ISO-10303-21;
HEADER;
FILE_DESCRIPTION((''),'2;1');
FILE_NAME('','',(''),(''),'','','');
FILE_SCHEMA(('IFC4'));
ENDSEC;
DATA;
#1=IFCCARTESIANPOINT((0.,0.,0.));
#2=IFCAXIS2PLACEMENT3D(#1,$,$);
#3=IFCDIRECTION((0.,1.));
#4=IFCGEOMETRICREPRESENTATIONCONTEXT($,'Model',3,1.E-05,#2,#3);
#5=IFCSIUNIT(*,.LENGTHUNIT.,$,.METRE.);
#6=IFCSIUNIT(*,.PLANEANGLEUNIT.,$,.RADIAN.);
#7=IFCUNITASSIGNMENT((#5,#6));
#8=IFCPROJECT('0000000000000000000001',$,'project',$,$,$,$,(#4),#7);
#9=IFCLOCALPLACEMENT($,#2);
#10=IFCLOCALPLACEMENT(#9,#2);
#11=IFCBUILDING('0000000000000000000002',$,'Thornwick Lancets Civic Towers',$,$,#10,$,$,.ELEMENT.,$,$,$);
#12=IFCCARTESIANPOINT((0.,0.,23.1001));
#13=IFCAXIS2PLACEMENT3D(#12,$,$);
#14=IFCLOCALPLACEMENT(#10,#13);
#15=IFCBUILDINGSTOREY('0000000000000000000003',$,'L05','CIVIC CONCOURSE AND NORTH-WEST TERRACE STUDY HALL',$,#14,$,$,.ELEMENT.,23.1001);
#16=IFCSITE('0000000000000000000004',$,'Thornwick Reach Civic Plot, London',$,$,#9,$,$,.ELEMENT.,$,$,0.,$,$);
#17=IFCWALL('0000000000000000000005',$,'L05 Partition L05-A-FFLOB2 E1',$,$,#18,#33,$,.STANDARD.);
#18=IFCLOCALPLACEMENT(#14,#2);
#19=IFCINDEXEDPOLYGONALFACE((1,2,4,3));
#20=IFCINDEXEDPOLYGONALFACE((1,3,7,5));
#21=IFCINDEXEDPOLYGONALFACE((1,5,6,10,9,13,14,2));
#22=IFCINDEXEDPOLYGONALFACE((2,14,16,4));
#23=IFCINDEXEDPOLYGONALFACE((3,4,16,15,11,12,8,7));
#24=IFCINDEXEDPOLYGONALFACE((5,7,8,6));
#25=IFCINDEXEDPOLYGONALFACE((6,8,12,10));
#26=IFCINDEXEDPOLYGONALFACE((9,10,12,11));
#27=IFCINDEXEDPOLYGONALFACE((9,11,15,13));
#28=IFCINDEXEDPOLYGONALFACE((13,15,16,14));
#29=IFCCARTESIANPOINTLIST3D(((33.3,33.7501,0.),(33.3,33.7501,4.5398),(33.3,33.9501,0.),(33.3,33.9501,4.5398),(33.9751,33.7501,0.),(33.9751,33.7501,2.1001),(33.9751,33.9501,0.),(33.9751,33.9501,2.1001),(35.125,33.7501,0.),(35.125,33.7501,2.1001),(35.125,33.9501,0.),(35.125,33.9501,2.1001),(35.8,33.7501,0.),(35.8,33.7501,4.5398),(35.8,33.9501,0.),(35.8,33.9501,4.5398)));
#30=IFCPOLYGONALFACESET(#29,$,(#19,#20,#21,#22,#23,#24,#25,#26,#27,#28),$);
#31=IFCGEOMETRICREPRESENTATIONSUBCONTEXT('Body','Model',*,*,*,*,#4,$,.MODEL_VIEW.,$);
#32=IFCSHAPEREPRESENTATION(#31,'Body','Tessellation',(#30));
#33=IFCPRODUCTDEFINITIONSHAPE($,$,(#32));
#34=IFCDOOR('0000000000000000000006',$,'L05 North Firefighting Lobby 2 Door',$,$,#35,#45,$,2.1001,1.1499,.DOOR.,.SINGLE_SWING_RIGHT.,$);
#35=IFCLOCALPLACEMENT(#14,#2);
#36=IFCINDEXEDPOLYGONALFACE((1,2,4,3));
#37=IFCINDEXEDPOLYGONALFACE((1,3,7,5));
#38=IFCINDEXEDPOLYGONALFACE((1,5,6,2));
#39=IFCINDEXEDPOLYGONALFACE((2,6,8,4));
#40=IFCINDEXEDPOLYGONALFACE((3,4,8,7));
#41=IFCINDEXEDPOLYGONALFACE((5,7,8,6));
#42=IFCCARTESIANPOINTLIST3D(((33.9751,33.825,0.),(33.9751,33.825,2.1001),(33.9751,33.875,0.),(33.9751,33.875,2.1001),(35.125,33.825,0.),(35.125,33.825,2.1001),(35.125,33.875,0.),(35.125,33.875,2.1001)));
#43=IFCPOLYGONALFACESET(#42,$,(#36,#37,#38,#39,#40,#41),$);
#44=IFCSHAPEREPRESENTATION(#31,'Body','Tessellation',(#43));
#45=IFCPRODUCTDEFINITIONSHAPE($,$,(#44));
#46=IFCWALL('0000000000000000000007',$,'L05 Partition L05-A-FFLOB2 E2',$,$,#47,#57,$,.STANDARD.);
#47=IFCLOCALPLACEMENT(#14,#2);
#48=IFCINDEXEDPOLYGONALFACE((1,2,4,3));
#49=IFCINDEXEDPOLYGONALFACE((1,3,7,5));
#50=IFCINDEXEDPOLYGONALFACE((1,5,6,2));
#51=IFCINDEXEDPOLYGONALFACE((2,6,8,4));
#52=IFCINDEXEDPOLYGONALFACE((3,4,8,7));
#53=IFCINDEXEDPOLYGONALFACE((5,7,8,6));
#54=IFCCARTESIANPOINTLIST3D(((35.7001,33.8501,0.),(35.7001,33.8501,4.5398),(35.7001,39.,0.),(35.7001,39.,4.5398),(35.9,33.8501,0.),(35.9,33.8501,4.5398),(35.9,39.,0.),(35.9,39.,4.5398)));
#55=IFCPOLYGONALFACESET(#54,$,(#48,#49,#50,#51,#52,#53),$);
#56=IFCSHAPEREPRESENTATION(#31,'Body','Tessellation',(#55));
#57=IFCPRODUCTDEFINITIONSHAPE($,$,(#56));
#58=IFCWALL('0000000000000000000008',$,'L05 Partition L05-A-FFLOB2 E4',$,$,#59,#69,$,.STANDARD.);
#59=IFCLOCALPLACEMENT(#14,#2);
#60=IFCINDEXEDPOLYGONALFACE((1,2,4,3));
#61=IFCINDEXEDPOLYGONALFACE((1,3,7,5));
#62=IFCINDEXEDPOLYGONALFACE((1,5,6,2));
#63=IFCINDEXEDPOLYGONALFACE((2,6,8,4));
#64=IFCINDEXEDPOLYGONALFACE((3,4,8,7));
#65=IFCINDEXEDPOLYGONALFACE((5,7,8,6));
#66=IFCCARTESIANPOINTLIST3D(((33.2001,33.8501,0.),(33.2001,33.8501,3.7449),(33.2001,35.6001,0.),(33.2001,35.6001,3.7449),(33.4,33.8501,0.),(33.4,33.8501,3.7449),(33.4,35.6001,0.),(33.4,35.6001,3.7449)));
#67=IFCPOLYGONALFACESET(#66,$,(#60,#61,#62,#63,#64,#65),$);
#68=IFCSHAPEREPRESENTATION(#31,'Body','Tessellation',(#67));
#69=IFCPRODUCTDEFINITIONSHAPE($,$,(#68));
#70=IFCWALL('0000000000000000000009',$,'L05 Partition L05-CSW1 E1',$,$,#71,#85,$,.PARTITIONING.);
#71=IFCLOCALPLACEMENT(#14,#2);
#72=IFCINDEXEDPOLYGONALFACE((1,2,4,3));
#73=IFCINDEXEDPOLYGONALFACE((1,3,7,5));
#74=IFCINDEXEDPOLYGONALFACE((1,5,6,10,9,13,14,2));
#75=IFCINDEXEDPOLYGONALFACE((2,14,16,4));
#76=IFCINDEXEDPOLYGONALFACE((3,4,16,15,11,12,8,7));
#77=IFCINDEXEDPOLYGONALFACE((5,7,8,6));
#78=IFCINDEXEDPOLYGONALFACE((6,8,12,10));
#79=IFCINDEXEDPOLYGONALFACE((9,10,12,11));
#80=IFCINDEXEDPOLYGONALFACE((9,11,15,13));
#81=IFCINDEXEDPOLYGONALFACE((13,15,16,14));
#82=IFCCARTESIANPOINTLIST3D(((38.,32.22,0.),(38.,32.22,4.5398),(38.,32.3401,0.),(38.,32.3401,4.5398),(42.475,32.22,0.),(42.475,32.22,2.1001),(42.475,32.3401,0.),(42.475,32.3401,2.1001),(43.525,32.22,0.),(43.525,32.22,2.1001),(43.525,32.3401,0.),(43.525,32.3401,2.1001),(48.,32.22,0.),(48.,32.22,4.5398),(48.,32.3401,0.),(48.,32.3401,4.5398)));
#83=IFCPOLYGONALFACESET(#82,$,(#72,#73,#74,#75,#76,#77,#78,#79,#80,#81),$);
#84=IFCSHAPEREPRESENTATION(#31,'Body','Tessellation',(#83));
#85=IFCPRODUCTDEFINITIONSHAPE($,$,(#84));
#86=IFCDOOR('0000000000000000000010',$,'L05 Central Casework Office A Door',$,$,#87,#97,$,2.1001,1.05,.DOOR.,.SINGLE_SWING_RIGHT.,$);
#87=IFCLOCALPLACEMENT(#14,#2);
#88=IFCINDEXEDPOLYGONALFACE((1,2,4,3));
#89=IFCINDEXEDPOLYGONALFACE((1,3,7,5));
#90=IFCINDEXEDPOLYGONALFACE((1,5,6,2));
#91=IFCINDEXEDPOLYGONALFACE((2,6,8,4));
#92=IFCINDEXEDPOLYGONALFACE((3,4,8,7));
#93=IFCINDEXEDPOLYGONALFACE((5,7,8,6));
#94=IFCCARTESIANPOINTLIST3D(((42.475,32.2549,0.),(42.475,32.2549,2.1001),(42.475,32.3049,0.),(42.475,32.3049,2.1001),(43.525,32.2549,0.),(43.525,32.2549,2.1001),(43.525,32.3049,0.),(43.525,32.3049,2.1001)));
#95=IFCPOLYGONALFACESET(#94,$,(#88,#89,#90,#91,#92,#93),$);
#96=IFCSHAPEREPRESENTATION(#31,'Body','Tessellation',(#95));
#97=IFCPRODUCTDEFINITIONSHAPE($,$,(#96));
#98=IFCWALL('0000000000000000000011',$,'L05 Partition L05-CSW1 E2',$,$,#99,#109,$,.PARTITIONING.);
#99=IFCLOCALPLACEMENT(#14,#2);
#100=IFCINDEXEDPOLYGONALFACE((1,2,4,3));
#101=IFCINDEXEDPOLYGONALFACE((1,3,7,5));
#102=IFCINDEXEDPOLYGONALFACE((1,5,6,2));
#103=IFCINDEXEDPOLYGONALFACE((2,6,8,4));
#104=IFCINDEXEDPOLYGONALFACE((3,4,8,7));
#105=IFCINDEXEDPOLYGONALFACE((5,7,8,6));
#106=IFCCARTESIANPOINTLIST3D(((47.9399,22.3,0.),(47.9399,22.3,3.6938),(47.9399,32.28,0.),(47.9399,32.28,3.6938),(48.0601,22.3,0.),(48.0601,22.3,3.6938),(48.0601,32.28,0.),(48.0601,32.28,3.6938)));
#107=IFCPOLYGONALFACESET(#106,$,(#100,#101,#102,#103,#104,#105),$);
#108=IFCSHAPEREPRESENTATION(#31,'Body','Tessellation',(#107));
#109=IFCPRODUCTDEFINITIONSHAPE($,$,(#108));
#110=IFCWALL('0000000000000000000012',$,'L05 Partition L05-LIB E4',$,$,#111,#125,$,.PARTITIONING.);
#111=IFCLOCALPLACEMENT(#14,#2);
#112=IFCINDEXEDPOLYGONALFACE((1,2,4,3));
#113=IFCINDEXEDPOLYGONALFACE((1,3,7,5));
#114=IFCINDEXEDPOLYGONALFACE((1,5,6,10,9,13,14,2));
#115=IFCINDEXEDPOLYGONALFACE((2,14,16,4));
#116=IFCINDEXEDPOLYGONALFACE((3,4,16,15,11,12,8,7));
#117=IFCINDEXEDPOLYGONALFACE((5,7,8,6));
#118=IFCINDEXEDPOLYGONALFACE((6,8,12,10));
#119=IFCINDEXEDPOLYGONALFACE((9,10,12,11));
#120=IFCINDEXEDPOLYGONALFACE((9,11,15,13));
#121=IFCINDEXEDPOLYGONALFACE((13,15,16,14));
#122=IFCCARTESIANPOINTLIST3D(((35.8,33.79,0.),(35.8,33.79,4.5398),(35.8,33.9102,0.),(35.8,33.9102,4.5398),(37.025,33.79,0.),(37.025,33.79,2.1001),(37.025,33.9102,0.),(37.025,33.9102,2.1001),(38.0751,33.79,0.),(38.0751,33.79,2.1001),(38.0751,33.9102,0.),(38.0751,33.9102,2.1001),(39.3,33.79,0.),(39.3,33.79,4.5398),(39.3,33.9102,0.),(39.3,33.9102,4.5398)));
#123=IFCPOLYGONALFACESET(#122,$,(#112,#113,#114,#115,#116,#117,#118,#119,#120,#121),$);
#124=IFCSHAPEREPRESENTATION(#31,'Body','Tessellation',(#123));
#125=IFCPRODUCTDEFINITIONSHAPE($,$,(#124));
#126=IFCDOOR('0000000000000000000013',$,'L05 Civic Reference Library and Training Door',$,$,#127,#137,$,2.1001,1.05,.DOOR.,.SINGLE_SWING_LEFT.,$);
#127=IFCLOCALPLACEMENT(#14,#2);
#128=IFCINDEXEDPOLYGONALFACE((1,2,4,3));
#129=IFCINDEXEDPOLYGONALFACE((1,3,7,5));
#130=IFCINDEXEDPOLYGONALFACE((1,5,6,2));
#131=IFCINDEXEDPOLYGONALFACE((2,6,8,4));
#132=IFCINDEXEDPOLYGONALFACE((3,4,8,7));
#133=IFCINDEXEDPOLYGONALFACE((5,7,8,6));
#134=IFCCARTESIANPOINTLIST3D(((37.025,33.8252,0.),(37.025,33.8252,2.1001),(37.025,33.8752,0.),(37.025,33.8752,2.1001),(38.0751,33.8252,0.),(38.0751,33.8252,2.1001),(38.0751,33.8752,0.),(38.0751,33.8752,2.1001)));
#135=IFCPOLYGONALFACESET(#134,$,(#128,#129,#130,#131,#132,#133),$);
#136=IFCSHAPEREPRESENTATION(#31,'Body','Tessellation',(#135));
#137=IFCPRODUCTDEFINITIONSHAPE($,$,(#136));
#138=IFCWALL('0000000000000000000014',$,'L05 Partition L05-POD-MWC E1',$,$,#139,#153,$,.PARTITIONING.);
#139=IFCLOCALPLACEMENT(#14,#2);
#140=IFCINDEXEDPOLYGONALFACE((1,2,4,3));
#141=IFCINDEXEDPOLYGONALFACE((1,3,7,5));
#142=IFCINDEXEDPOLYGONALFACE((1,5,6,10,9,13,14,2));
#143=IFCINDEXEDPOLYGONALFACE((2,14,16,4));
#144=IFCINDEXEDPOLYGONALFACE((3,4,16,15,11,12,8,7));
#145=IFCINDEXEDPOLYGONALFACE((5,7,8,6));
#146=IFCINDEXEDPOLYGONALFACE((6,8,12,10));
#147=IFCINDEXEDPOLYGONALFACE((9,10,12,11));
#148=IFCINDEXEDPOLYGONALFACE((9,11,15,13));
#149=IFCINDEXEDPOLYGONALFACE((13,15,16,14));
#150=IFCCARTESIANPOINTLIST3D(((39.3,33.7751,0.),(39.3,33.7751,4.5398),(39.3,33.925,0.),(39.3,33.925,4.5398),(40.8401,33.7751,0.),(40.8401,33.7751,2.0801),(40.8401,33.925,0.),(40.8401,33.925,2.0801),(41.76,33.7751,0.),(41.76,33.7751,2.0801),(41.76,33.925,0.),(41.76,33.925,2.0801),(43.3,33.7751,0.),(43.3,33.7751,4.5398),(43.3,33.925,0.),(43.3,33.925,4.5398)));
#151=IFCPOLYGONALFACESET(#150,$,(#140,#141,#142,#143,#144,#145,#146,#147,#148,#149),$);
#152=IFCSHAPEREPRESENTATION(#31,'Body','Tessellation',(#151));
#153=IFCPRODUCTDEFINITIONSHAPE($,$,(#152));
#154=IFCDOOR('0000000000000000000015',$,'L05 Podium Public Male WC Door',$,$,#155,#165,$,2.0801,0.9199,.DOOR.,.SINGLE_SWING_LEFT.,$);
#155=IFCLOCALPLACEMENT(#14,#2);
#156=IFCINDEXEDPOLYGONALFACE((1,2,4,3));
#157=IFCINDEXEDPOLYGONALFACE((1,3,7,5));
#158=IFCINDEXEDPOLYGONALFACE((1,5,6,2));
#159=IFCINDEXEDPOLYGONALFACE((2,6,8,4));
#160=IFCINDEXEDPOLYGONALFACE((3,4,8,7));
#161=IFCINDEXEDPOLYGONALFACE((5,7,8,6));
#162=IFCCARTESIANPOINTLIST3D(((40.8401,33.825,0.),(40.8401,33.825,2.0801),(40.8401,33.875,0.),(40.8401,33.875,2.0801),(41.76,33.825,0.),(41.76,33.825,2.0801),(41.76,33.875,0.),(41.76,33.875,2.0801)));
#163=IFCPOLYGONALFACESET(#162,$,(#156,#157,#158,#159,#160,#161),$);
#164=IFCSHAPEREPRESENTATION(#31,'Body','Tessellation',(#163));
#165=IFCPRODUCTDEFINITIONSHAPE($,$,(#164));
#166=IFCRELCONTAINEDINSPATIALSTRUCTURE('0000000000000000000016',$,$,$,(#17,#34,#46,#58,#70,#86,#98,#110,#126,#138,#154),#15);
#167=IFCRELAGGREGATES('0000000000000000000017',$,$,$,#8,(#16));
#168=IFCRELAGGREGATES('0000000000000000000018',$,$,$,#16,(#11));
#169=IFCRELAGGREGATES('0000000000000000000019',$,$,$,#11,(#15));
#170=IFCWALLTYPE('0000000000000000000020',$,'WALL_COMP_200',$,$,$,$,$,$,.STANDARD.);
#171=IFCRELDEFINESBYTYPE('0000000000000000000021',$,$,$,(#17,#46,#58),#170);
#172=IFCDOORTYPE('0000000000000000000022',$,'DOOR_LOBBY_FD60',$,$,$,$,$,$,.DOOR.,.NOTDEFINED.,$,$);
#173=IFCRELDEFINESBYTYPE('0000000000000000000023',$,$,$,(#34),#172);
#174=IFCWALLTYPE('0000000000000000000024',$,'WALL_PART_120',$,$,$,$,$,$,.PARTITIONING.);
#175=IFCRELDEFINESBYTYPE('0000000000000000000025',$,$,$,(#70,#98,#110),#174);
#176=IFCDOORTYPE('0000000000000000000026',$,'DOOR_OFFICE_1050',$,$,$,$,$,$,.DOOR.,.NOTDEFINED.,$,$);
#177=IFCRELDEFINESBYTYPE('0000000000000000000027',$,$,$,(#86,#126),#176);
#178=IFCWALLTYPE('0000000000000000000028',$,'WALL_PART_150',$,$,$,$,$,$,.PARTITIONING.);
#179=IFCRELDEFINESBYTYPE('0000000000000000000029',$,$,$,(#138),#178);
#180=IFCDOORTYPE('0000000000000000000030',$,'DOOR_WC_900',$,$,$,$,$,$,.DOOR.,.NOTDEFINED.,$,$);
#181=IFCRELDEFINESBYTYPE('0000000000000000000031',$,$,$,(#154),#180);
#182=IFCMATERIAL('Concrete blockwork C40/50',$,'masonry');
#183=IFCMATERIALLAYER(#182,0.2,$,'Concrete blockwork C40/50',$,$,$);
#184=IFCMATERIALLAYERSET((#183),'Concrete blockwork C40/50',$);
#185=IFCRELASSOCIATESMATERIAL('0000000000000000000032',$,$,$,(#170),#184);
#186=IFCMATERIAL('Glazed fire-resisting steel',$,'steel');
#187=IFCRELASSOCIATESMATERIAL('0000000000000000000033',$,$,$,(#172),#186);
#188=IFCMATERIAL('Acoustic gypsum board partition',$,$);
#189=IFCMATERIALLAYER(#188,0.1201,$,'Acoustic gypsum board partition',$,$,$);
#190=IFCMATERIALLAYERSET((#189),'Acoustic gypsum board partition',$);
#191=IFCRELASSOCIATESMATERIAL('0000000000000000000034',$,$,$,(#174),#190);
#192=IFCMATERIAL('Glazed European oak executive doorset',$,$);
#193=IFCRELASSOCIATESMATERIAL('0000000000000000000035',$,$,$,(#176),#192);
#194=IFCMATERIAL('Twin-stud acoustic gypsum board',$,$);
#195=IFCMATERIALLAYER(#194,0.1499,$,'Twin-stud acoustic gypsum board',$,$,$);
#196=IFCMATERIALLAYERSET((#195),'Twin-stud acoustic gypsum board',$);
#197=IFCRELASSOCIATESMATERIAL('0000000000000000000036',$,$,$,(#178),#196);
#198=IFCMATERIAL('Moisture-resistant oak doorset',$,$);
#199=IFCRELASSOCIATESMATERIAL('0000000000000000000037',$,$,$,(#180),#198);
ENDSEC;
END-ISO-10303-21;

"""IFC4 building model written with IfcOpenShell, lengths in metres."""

from ifc_helpers import new_model, si_unit, direction, frame, frame_2d, origin, place, context, subcontext, project, spatial, rectangle, extrude, material, layer, layer_set, type_object, element, fill, save


model = new_model("IFC4")

# Units and contexts
model_context = context("Model", 3, precision=1e-05, world=origin(), true_north=direction((0.0, 1.0)))
body_context = subcontext(model_context, "Body", "Model", "MODEL_VIEW")
ifc_project = project(units=[si_unit("LENGTHUNIT", "METRE"), si_unit("PLANEANGLEUNIT", "RADIAN")], contexts=[model_context])

# Site, building, storey
site_placement = place(None, origin())
site = spatial("IfcSite", under=ifc_project, at=site_placement, Name="Thornwick Reach Civic Plot, London", CompositionType="ELEMENT", RefElevation=0.0)
building_placement = place(site_placement, origin())
building = spatial("IfcBuilding", under=site, at=building_placement, Name="Thornwick Lancets Civic Towers", CompositionType="ELEMENT")
storey_placement = place(building_placement, frame((0.0, 0.0, 23.1001)))
storey = spatial("IfcBuildingStorey", under=building, at=storey_placement, Name="L05", Description="CIVIC CONCOURSE AND NORTH-WEST TERRACE STUDY HALL", CompositionType="ELEMENT", Elevation=23.1001)

# Wall, opening, door
ifc_material_1 = material(Name="Concrete blockwork C40/50", Category="masonry")
ifc_layer_1 = layer(ifc_material_1, 0.2, Name="Concrete blockwork C40/50")
ifc_layer_set_1 = layer_set([ifc_layer_1], Name="Concrete blockwork C40/50")
wall_type_1 = type_object("IfcWallType", Name="WALL_COMP_200", PredefinedType="STANDARD", material=ifc_layer_set_1)
wall_1_placement = place(storey_placement, frame((33.3, 33.8501, 0.0), z_axis=(0.0, 0.0, 1.0), x_axis=(1.0, 0.0, 0.0)))
wall_1 = element("IfcWall", 1, at=wall_1_placement, inside=storey, type_object=wall_type_1, Name="L05 Partition L05-A-FFLOB2 E1", PredefinedType="STANDARD", context=body_context, shape_type="SweptSolid", body=[
    extrude(rectangle(XDim=2.5, YDim=0.2, at=frame_2d((1.25, 0.0))), origin(), (0.0, 0.0, 1.0), 4.5398),
])
opening_1_placement = place(wall_1_placement, frame((0.675, 0.0, 0.0)))
opening_1 = element("IfcOpeningElement", 2, at=opening_1_placement, cuts=wall_1, PredefinedType="OPENING", context=body_context, shape_type="SweptSolid", body=[
    extrude(rectangle(XDim=1.1499, YDim=2.1001, at=frame_2d((0.575, 1.05))), frame((0.0, 0.1099, 0.0), z_axis=(0.0, -1.0, 0.0), x_axis=(1.0, 0.0, 0.0)), (0.0, 0.0, 1.0), 0.22),
])
ifc_material_2 = material(Name="Glazed fire-resisting steel", Category="steel")
door_type_1 = type_object("IfcDoorType", Name="DOOR_LOBBY_FD60", OperationType="NOTDEFINED", PredefinedType="DOOR", material=ifc_material_2)
door_1_placement = place(opening_1_placement, origin())
door_1 = element("IfcDoor", 3, at=door_1_placement, inside=storey, type_object=door_type_1, Name="L05 North Firefighting Lobby 2 Door", OperationType="SINGLE_SWING_RIGHT", OverallHeight=2.1001, OverallWidth=1.1499, PredefinedType="DOOR", context=body_context, shape_type="SweptSolid", body=[
    extrude(rectangle(XDim=1.1499, YDim=2.1001, at=frame_2d((0.575, 1.05))), frame((0.0, 0.0249, 0.0), z_axis=(0.0, -1.0, 0.0), x_axis=(1.0, 0.0, 0.0)), (0.0, 0.0, 1.0), 0.05),
])
fill(opening_1, door_1)

# Walls
wall_2_placement = place(storey_placement, frame((35.8, 33.8501, 0.0), z_axis=(0.0, 0.0, 1.0), x_axis=(0.0, 1.0, 0.0)))
element("IfcWall", 4, at=wall_2_placement, inside=storey, type_object=wall_type_1, Name="L05 Partition L05-A-FFLOB2 E2", PredefinedType="STANDARD", context=body_context, shape_type="SweptSolid", body=[
    extrude(rectangle(XDim=5.1499, YDim=0.2, at=frame_2d((2.575, 0.0))), origin(), (0.0, 0.0, 1.0), 4.5398),
])
wall_3_placement = place(storey_placement, frame((33.3, 35.6001, 0.0), z_axis=(0.0, 0.0, 1.0), x_axis=(0.0, -1.0, 0.0)))
element("IfcWall", 5, at=wall_3_placement, inside=storey, type_object=wall_type_1, Name="L05 Partition L05-A-FFLOB2 E4", PredefinedType="STANDARD", context=body_context, shape_type="SweptSolid", body=[
    extrude(rectangle(XDim=1.75, YDim=0.2, at=frame_2d((0.875, 0.0))), origin(), (0.0, 0.0, 1.0), 3.7449),
])

# Wall, opening, door
ifc_material_3 = material(Name="Acoustic gypsum board partition")
ifc_layer_2 = layer(ifc_material_3, 0.1201, Name="Acoustic gypsum board partition")
ifc_layer_set_2 = layer_set([ifc_layer_2], Name="Acoustic gypsum board partition")
wall_type_2 = type_object("IfcWallType", Name="WALL_PART_120", PredefinedType="PARTITIONING", material=ifc_layer_set_2)
wall_4_placement = place(storey_placement, frame((38.0, 32.28, 0.0), z_axis=(0.0, 0.0, 1.0), x_axis=(1.0, 0.0, 0.0)))
wall_4 = element("IfcWall", 6, at=wall_4_placement, inside=storey, type_object=wall_type_2, Name="L05 Partition L05-CSW1 E1", PredefinedType="PARTITIONING", context=body_context, shape_type="SweptSolid", body=[
    extrude(rectangle(XDim=10.0, YDim=0.1201, at=frame_2d((5.0, 0.0))), origin(), (0.0, 0.0, 1.0), 4.5398),
])
opening_2_placement = place(wall_4_placement, frame((4.4751, 0.0, 0.0)))
opening_2 = element("IfcOpeningElement", 7, at=opening_2_placement, cuts=wall_4, PredefinedType="OPENING", context=body_context, shape_type="SweptSolid", body=[
    extrude(rectangle(XDim=1.05, YDim=2.1001, at=frame_2d((0.5249, 1.05))), frame((0.0, 0.0701, 0.0), z_axis=(0.0, -1.0, 0.0), x_axis=(1.0, 0.0, 0.0)), (0.0, 0.0, 1.0), 0.1401),
])
ifc_material_4 = material(Name="Glazed European oak executive doorset")
door_type_2 = type_object("IfcDoorType", Name="DOOR_OFFICE_1050", OperationType="NOTDEFINED", PredefinedType="DOOR", material=ifc_material_4)
door_2_placement = place(opening_2_placement, origin())
door_2 = element("IfcDoor", 8, at=door_2_placement, inside=storey, type_object=door_type_2, Name="L05 Central Casework Office A Door", OperationType="SINGLE_SWING_RIGHT", OverallHeight=2.1001, OverallWidth=1.05, PredefinedType="DOOR", context=body_context, shape_type="SweptSolid", body=[
    extrude(rectangle(XDim=1.05, YDim=2.1001, at=frame_2d((0.5249, 1.05))), frame((0.0, 0.0249, 0.0), z_axis=(0.0, -1.0, 0.0), x_axis=(1.0, 0.0, 0.0)), (0.0, 0.0, 1.0), 0.05),
])
fill(opening_2, door_2)

# Wall
wall_5_placement = place(storey_placement, frame((48.0, 32.28, 0.0), z_axis=(0.0, 0.0, 1.0), x_axis=(0.0, -1.0, 0.0)))
element("IfcWall", 9, at=wall_5_placement, inside=storey, type_object=wall_type_2, Name="L05 Partition L05-CSW1 E2", PredefinedType="PARTITIONING", context=body_context, shape_type="SweptSolid", body=[
    extrude(rectangle(XDim=9.98, YDim=0.1201, at=frame_2d((4.99, 0.0))), origin(), (0.0, 0.0, 1.0), 3.6938),
])

# Walls, openings, doors
wall_6_placement = place(storey_placement, frame((39.3, 33.8501, 0.0), z_axis=(0.0, 0.0, 1.0), x_axis=(-1.0, 0.0, 0.0)))
wall_6 = element("IfcWall", 10, at=wall_6_placement, inside=storey, type_object=wall_type_2, Name="L05 Partition L05-LIB E4", PredefinedType="PARTITIONING", context=body_context, shape_type="SweptSolid", body=[
    extrude(rectangle(XDim=3.5, YDim=0.1201, at=frame_2d((1.75, 0.0))), origin(), (0.0, 0.0, 1.0), 4.5398),
])
opening_3_placement = place(wall_6_placement, frame((1.2251, 0.0, 0.0)))
opening_3 = element("IfcOpeningElement", 11, at=opening_3_placement, cuts=wall_6, PredefinedType="OPENING", context=body_context, shape_type="SweptSolid", body=[
    extrude(rectangle(XDim=1.05, YDim=2.1001, at=frame_2d((0.5249, 1.05))), frame((0.0, 0.0701, 0.0), z_axis=(0.0, -1.0, 0.0), x_axis=(1.0, 0.0, 0.0)), (0.0, 0.0, 1.0), 0.1401),
])
door_3_placement = place(opening_3_placement, origin())
door_3 = element("IfcDoor", 12, at=door_3_placement, inside=storey, type_object=door_type_2, Name="L05 Civic Reference Library and Training Door", OperationType="SINGLE_SWING_LEFT", OverallHeight=2.1001, OverallWidth=1.05, PredefinedType="DOOR", context=body_context, shape_type="SweptSolid", body=[
    extrude(rectangle(XDim=1.05, YDim=2.1001, at=frame_2d((0.5249, 1.05))), frame((0.0, 0.0249, 0.0), z_axis=(0.0, -1.0, 0.0), x_axis=(1.0, 0.0, 0.0)), (0.0, 0.0, 1.0), 0.05),
])
fill(opening_3, door_3)
ifc_material_5 = material(Name="Twin-stud acoustic gypsum board")
ifc_layer_3 = layer(ifc_material_5, 0.1499, Name="Twin-stud acoustic gypsum board")
ifc_layer_set_3 = layer_set([ifc_layer_3], Name="Twin-stud acoustic gypsum board")
wall_type_3 = type_object("IfcWallType", Name="WALL_PART_150", PredefinedType="PARTITIONING", material=ifc_layer_set_3)
wall_7_placement = place(storey_placement, frame((39.3, 33.8501, 0.0), z_axis=(0.0, 0.0, 1.0), x_axis=(1.0, 0.0, 0.0)))
wall_7 = element("IfcWall", 13, at=wall_7_placement, inside=storey, type_object=wall_type_3, Name="L05 Partition L05-POD-MWC E1", PredefinedType="PARTITIONING", context=body_context, shape_type="SweptSolid", body=[
    extrude(rectangle(XDim=4.0, YDim=0.1499, at=frame_2d((2.0, 0.0))), origin(), (0.0, 0.0, 1.0), 4.5398),
])
opening_4_placement = place(wall_7_placement, frame((1.54, 0.0, 0.0)))
opening_4 = element("IfcOpeningElement", 14, at=opening_4_placement, cuts=wall_7, PredefinedType="OPENING", context=body_context, shape_type="SweptSolid", body=[
    extrude(rectangle(XDim=0.9199, YDim=2.0801, at=frame_2d((0.46, 1.04))), frame((0.0, 0.085, 0.0), z_axis=(0.0, -1.0, 0.0), x_axis=(1.0, 0.0, 0.0)), (0.0, 0.0, 1.0), 0.1699),
])
ifc_material_6 = material(Name="Moisture-resistant oak doorset")
door_type_3 = type_object("IfcDoorType", Name="DOOR_WC_900", OperationType="NOTDEFINED", PredefinedType="DOOR", material=ifc_material_6)
door_4_placement = place(opening_4_placement, origin())
door_4 = element("IfcDoor", 15, at=door_4_placement, inside=storey, type_object=door_type_3, Name="L05 Podium Public Male WC Door", OperationType="SINGLE_SWING_LEFT", OverallHeight=2.0801, OverallWidth=0.9199, PredefinedType="DOOR", context=body_context, shape_type="SweptSolid", body=[
    extrude(rectangle(XDim=0.9199, YDim=2.0801, at=frame_2d((0.46, 1.04))), frame((0.0, 0.0249, 0.0), z_axis=(0.0, -1.0, 0.0), x_axis=(1.0, 0.0, 0.0)), (0.0, 0.0, 1.0), 0.05),
])
fill(opening_4, door_4)

save(model, "model.ifc")
